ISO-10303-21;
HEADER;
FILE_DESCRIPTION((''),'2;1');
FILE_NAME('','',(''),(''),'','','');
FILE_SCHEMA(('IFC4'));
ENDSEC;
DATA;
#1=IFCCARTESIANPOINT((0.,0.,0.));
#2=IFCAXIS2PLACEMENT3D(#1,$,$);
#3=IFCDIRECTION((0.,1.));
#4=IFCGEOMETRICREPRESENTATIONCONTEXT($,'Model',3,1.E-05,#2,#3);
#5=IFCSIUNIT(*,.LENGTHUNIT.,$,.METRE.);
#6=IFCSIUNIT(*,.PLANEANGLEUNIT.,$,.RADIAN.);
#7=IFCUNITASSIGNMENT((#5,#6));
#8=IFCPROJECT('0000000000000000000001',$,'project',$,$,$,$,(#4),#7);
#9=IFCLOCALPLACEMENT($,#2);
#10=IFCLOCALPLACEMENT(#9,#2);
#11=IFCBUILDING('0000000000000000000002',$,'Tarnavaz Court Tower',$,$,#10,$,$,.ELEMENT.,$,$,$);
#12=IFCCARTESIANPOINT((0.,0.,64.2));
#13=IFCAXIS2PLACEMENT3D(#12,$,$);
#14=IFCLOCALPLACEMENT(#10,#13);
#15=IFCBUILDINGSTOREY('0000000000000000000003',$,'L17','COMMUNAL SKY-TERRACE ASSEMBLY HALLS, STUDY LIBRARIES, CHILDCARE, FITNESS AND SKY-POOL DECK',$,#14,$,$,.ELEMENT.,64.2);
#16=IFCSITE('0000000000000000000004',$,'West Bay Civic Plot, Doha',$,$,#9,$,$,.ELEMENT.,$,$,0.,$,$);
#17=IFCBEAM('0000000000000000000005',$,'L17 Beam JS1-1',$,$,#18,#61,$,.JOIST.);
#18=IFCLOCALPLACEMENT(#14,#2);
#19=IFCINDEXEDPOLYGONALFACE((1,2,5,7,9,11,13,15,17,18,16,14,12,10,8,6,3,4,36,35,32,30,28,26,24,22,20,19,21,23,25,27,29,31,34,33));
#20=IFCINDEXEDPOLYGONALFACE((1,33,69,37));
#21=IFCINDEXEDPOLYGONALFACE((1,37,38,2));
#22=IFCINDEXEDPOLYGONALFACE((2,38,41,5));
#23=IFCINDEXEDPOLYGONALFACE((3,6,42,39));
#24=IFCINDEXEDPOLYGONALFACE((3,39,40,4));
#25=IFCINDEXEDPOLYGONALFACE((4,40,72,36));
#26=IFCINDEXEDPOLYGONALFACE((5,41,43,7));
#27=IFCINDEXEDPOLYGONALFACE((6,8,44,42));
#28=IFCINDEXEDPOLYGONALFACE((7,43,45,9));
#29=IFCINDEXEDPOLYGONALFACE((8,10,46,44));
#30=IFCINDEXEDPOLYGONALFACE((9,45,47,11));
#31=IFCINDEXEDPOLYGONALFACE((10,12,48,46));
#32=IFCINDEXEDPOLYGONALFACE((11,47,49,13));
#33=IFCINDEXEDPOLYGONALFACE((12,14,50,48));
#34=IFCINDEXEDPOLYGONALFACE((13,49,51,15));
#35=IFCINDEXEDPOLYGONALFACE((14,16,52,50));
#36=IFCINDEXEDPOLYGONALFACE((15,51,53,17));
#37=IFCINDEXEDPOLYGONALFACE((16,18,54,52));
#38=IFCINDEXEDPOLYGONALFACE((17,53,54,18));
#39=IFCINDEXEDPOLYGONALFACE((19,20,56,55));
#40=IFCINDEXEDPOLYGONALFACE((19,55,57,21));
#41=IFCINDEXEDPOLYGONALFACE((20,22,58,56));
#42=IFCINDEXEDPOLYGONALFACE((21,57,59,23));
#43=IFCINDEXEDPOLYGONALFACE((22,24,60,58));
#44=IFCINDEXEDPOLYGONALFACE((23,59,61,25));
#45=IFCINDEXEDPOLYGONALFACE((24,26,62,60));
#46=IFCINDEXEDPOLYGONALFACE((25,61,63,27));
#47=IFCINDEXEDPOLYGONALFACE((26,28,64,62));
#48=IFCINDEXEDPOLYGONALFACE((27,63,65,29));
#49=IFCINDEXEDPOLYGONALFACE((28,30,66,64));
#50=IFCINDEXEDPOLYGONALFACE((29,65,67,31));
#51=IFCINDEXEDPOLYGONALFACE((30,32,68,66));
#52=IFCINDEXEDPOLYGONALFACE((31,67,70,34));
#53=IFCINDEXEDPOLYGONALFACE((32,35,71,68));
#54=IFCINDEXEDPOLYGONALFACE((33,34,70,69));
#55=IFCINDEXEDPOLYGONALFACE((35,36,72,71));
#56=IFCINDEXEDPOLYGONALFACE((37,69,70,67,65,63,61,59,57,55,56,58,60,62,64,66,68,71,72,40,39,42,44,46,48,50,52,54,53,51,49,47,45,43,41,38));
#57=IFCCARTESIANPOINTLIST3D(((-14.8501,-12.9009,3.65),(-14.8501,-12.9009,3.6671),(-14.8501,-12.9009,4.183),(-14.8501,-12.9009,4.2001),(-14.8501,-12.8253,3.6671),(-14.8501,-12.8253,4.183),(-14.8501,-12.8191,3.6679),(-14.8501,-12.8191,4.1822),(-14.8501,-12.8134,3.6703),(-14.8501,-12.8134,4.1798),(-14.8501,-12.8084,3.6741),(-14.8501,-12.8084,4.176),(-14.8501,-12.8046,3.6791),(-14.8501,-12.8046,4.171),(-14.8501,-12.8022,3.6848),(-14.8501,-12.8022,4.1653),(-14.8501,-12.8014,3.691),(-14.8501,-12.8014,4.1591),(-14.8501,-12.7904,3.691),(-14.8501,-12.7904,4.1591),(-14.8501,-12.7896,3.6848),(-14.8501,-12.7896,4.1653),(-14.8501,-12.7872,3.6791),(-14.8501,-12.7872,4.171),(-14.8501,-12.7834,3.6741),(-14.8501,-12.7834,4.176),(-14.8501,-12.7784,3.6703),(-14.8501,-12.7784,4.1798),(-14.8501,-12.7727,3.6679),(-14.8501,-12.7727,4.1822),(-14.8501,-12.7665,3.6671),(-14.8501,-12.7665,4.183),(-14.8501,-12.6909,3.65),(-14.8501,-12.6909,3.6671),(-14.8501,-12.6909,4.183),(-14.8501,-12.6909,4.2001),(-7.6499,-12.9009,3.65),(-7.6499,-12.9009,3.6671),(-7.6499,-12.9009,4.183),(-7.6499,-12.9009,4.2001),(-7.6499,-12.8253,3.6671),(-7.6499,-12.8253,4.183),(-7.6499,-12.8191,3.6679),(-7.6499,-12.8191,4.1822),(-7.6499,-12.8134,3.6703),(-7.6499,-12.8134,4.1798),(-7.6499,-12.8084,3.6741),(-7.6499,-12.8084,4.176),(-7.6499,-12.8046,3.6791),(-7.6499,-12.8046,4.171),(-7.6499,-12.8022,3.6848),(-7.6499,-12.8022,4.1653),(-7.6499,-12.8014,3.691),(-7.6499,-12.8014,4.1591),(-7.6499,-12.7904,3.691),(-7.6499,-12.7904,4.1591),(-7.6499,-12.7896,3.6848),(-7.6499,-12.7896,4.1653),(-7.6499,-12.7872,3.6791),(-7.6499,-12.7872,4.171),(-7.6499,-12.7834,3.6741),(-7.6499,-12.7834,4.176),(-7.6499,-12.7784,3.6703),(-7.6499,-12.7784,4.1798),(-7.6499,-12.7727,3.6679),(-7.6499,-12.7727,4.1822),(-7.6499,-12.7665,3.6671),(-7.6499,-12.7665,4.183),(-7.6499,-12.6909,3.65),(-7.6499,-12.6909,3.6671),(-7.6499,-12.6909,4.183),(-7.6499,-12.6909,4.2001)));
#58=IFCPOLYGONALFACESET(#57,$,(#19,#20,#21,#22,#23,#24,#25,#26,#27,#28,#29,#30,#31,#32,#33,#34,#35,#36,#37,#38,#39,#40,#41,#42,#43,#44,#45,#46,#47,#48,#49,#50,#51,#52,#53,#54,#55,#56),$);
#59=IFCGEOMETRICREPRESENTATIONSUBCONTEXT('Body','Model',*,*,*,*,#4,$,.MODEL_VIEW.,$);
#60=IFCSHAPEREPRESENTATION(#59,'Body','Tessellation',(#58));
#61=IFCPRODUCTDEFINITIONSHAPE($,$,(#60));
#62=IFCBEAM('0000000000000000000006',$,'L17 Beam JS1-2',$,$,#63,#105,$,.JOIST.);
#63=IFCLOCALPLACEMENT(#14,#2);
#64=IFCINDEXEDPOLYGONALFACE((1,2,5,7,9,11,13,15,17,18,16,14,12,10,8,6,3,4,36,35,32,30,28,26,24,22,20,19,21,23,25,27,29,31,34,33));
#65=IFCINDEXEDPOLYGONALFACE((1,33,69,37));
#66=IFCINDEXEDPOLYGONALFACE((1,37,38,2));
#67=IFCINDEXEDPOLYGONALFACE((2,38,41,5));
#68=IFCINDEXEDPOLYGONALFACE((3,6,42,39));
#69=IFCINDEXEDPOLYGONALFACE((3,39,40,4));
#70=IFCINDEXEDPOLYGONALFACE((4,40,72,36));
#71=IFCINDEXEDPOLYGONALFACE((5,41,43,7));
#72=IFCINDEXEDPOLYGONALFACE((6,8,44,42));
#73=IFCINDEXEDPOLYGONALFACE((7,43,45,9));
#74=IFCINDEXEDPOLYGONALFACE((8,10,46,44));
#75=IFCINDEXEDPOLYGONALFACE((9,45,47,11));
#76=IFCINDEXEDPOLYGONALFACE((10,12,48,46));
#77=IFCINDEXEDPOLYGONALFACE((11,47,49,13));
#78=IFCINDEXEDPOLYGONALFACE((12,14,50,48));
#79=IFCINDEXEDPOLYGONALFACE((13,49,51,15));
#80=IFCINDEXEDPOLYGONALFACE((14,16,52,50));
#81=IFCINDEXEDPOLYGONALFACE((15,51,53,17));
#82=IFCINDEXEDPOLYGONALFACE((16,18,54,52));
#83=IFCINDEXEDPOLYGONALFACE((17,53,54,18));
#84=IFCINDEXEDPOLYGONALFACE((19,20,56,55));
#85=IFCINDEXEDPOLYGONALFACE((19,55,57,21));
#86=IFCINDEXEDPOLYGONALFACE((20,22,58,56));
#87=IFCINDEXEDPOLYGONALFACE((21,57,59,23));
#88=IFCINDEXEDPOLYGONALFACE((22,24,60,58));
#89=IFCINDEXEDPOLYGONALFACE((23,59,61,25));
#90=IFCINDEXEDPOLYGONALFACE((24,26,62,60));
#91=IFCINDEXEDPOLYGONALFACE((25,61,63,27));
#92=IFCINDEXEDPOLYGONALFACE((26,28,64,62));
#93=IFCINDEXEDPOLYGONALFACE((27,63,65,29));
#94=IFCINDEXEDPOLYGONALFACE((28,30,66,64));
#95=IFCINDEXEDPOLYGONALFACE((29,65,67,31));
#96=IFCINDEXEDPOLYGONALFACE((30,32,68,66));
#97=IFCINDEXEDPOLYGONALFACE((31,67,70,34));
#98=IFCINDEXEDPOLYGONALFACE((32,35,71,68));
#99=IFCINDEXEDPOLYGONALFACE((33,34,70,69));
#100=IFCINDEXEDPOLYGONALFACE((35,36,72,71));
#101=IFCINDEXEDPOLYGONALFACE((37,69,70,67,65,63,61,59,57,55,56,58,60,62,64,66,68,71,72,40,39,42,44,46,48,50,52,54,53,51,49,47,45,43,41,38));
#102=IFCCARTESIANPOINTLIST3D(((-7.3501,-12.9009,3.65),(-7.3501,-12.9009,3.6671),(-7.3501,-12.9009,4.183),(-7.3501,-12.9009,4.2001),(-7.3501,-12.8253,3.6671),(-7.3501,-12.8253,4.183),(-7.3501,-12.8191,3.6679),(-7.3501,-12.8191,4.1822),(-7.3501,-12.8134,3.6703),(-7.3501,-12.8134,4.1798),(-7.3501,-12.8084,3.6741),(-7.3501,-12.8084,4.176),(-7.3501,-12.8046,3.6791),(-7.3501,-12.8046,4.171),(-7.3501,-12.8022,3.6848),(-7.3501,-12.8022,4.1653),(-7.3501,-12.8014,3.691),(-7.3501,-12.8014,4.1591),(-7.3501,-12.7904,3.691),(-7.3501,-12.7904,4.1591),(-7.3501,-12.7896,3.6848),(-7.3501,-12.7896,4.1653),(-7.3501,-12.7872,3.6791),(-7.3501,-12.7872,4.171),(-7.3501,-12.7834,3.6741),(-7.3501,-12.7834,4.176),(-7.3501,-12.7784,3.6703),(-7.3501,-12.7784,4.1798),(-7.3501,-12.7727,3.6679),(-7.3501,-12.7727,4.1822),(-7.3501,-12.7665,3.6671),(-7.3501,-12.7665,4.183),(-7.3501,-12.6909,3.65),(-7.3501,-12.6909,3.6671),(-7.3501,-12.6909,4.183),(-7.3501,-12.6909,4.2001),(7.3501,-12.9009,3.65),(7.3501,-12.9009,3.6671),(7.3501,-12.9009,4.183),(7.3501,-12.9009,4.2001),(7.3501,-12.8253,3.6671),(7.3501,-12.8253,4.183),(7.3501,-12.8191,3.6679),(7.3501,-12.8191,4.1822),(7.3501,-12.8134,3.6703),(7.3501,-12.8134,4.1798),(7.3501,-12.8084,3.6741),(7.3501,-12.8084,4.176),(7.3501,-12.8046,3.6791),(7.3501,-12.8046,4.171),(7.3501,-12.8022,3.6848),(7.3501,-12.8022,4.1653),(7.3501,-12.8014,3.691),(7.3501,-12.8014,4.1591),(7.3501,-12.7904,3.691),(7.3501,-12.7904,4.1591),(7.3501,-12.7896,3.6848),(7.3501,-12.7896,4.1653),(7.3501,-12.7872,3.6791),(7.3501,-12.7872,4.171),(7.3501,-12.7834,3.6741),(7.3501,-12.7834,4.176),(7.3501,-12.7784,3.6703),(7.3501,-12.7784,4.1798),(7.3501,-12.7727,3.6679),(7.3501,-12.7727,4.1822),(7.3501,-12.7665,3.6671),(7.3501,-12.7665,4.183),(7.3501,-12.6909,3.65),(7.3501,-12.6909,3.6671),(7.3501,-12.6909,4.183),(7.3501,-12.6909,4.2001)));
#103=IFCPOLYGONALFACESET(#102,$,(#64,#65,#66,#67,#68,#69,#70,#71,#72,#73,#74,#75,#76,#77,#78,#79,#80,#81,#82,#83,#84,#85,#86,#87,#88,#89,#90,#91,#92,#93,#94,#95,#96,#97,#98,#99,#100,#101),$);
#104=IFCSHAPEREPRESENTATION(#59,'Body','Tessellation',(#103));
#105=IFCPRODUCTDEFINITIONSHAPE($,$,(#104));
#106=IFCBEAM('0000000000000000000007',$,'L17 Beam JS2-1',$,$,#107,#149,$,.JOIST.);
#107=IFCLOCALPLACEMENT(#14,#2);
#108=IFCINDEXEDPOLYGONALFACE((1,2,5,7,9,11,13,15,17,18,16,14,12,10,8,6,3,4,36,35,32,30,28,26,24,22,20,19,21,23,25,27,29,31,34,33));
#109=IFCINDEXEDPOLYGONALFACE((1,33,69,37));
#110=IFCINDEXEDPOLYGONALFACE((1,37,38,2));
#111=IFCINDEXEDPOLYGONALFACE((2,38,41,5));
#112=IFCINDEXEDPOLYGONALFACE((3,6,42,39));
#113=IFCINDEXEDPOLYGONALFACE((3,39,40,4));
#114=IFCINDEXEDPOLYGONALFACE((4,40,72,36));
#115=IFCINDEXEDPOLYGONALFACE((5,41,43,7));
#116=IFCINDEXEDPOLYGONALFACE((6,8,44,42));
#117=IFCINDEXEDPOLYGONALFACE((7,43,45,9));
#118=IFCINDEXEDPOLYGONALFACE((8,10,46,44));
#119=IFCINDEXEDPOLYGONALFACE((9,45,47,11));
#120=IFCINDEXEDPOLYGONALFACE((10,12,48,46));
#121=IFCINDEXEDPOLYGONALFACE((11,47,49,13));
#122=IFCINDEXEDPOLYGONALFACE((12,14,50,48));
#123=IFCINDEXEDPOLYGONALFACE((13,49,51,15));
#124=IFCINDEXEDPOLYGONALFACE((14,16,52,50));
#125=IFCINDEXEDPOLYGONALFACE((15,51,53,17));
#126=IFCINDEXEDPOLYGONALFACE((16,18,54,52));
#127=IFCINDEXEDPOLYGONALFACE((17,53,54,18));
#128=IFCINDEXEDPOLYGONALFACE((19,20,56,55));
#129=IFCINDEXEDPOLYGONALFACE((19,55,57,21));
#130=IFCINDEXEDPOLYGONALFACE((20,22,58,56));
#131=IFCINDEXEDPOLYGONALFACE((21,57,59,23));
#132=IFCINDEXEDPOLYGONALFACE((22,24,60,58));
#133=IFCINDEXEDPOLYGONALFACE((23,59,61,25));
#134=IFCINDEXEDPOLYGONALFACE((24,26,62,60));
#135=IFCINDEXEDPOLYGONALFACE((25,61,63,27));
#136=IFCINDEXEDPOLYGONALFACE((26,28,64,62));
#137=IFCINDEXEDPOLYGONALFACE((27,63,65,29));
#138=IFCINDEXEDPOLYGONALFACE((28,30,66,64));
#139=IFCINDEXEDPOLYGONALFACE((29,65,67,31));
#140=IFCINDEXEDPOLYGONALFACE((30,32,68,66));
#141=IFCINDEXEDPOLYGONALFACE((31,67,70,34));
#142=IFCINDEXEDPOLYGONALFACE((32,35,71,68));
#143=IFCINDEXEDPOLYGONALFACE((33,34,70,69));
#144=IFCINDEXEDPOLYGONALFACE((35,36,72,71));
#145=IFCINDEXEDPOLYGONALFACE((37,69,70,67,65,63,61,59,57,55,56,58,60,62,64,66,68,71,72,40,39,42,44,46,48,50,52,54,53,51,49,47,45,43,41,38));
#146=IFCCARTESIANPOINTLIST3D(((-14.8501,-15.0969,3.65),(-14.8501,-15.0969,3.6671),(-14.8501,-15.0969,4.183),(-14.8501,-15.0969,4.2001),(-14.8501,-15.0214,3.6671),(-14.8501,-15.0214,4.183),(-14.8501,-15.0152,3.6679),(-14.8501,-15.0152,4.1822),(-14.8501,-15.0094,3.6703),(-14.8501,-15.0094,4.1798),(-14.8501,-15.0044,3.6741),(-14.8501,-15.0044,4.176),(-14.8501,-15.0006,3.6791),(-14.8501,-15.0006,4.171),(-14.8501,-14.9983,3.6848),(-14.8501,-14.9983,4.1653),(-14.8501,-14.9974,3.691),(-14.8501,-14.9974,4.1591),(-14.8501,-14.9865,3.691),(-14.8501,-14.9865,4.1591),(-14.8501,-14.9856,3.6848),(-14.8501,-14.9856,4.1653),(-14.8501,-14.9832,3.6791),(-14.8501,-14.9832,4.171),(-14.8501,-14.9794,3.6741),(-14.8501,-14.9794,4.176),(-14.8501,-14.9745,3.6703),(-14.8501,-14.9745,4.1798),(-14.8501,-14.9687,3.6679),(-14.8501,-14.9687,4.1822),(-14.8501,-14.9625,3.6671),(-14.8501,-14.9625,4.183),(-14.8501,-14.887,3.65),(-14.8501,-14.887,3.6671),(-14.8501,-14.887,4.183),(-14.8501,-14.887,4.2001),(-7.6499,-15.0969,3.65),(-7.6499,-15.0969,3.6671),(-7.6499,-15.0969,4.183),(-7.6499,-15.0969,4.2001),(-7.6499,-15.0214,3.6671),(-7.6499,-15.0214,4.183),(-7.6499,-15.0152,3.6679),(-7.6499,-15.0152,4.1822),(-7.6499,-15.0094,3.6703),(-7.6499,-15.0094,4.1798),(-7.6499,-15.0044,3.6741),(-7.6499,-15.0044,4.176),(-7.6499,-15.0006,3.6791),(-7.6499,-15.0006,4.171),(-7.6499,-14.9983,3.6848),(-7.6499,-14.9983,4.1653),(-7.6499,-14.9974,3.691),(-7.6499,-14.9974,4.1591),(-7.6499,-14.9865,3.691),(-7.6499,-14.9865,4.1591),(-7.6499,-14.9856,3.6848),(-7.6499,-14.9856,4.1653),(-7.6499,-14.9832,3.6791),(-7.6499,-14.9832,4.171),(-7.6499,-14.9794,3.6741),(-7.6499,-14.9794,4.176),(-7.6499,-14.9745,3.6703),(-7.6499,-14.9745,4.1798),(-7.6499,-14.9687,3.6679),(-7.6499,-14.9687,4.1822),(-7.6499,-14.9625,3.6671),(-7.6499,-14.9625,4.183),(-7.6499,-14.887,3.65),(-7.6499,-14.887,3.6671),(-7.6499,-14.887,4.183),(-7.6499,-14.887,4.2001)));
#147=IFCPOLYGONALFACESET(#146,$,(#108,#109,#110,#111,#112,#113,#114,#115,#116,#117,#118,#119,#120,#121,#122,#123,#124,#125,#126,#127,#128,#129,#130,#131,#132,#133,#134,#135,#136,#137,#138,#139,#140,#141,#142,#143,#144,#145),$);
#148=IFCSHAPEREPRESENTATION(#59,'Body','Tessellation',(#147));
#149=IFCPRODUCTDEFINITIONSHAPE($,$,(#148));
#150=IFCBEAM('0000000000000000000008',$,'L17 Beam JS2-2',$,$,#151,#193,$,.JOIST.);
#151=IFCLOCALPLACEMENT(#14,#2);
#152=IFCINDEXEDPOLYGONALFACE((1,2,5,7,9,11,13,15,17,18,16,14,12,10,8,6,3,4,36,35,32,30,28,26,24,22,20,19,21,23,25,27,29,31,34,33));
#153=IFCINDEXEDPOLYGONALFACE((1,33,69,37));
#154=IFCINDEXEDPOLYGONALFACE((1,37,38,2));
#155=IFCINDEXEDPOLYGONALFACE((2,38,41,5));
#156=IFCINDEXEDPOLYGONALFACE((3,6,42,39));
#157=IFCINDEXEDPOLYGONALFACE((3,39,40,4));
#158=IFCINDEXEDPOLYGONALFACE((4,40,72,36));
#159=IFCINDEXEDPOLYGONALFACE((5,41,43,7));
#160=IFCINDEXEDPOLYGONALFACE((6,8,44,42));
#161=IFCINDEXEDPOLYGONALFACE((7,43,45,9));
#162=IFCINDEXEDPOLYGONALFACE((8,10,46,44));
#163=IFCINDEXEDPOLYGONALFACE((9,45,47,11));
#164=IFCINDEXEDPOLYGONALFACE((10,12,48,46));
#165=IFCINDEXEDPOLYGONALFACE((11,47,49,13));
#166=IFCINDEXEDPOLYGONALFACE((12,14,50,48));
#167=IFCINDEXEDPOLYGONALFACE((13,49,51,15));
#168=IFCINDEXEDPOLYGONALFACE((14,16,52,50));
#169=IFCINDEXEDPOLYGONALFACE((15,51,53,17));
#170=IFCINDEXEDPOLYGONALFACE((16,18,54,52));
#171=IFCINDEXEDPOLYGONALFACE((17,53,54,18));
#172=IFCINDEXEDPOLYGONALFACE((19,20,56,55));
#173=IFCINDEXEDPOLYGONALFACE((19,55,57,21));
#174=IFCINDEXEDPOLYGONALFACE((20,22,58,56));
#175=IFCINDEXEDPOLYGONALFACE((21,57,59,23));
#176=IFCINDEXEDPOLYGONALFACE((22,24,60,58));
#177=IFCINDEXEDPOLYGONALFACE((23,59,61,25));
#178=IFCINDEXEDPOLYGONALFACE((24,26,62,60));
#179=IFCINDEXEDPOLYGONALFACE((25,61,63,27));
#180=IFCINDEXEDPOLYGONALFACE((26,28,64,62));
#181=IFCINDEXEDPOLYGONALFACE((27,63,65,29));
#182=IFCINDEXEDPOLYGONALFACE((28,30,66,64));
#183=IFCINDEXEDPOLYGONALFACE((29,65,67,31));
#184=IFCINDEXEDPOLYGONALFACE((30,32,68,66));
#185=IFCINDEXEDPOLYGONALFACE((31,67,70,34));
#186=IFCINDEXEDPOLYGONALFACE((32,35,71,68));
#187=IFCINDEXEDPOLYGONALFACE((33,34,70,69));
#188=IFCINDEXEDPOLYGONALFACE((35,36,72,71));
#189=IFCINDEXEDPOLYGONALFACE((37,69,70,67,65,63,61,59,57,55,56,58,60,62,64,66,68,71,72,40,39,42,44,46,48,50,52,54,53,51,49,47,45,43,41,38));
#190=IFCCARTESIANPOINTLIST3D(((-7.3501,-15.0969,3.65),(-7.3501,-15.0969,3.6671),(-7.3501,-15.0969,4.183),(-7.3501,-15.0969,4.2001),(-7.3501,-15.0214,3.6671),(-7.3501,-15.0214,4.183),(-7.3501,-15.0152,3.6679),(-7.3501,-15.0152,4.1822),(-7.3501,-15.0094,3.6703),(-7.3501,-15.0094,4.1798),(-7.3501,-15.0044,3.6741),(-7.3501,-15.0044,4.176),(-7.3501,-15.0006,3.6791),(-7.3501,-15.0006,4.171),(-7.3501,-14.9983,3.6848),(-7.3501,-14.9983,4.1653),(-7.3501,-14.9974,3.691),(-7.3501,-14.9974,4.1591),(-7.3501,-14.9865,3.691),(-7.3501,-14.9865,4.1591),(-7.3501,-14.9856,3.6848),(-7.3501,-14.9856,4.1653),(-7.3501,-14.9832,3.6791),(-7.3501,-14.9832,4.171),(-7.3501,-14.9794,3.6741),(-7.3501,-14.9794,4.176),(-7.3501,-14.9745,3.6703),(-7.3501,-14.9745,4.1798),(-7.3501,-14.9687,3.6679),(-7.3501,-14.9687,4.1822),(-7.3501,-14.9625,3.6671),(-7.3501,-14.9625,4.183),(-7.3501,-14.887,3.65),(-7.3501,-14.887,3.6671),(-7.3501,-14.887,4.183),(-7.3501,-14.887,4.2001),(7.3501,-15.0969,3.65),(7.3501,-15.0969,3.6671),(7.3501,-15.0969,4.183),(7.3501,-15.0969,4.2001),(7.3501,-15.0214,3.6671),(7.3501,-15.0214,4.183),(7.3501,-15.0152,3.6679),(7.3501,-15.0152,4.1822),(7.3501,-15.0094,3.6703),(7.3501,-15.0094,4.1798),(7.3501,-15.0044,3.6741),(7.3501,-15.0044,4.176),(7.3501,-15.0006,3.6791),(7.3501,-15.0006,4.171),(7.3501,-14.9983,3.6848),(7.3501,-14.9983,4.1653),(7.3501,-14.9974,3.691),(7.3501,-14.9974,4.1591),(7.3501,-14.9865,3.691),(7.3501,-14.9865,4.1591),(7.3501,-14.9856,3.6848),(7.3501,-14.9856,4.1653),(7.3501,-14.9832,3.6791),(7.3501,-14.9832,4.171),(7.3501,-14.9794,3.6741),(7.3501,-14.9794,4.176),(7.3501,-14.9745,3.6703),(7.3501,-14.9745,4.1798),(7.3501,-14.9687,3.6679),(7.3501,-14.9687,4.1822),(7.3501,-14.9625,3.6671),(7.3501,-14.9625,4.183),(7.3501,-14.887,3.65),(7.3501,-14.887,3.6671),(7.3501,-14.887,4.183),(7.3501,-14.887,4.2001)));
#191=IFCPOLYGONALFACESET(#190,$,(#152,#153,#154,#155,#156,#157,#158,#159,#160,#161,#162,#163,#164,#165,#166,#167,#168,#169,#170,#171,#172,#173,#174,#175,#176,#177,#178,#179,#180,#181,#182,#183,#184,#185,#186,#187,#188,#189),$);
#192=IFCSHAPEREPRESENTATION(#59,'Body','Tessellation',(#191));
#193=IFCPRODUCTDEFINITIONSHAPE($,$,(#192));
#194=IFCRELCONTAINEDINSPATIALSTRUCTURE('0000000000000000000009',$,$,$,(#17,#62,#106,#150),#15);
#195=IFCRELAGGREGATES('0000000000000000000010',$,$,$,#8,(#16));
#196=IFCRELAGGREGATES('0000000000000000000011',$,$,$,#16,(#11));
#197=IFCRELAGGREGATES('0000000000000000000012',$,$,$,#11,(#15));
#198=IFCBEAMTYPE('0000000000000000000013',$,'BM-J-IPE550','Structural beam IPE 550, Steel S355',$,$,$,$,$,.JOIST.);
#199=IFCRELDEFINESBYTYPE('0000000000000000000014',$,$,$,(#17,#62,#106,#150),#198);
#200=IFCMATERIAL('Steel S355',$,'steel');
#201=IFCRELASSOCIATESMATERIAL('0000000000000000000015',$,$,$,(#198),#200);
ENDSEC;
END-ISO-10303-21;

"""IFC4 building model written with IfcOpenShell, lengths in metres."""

from ifc_helpers import new_model, si_unit, direction, frame, origin, origin_2d, place, context, subcontext, project, spatial, i_section, extrude, material, material_profile, profile_set, type_object, element, save


model = new_model("IFC4")

# Units and contexts
model_context = context("Model", 3, precision=1e-05, world=origin(), true_north=direction((0.0, 1.0)))
body_context = subcontext(model_context, "Body", "Model", "MODEL_VIEW")
ifc_project = project(units=[si_unit("LENGTHUNIT", "METRE"), si_unit("PLANEANGLEUNIT", "RADIAN")], contexts=[model_context])

# Site, building, storey
site_placement = place(None, origin())
site = spatial("IfcSite", under=ifc_project, at=site_placement, Name="West Bay Civic Plot, Doha", CompositionType="ELEMENT", RefElevation=0.0)
building_placement = place(site_placement, origin())
building = spatial("IfcBuilding", under=site, at=building_placement, Name="Tarnavaz Court Tower", CompositionType="ELEMENT")
storey_placement = place(building_placement, frame((0.0, 0.0, 64.2)))
storey = spatial("IfcBuildingStorey", under=building, at=storey_placement, Name="L17", Description="COMMUNAL SKY-TERRACE ASSEMBLY HALLS, STUDY LIBRARIES, CHILDCARE, FITNESS AND SKY-POOL DECK", CompositionType="ELEMENT", Elevation=64.2)

# Beams
ifc_material_1 = material(Name="Steel S355", Category="steel")
ifc_material_profile_1 = material_profile(ifc_material_1, i_section(OverallWidth=0.21, OverallDepth=0.55, WebThickness=0.011, FlangeThickness=0.0171, FilletRadius=0.0239, at=origin_2d()), Name="IPE 550")
ifc_profile_set_1 = profile_set([ifc_material_profile_1], Name="Steel S355")
beam_type_1 = type_object("IfcBeamType", Name="BM-J-IPE550", Description="Structural beam IPE 550, Steel S355", PredefinedType="JOIST", material=ifc_profile_set_1)
beam_1_placement = place(storey_placement, frame((-14.8501, -12.7959, 3.925), z_axis=(1.0, 0.0, 0.0), x_axis=(0.0, 1.0, 0.0)))
element("IfcBeam", 1, at=beam_1_placement, inside=storey, type_object=beam_type_1, Name="L17 Beam JS1-1", PredefinedType="JOIST", context=body_context, shape_type="SweptSolid", body=[
    extrude(i_section(OverallWidth=0.21, OverallDepth=0.55, WebThickness=0.011, FlangeThickness=0.0171, FilletRadius=0.0239, at=origin_2d()), origin(), (0.0, 0.0, 1.0), 7.2002),
])
beam_2_placement = place(storey_placement, frame((-7.3501, -12.7959, 3.925), z_axis=(1.0, 0.0, 0.0), x_axis=(0.0, 1.0, 0.0)))
element("IfcBeam", 2, at=beam_2_placement, inside=storey, type_object=beam_type_1, Name="L17 Beam JS1-2", PredefinedType="JOIST", context=body_context, shape_type="SweptSolid", body=[
    extrude(i_section(OverallWidth=0.21, OverallDepth=0.55, WebThickness=0.011, FlangeThickness=0.0171, FilletRadius=0.0239, at=origin_2d()), origin(), (0.0, 0.0, 1.0), 14.7002),
])
beam_3_placement = place(storey_placement, frame((-14.8501, -14.9919, 3.925), z_axis=(1.0, 0.0, 0.0), x_axis=(0.0, 1.0, 0.0)))
element("IfcBeam", 3, at=beam_3_placement, inside=storey, type_object=beam_type_1, Name="L17 Beam JS2-1", PredefinedType="JOIST", context=body_context, shape_type="SweptSolid", body=[
    extrude(i_section(OverallWidth=0.21, OverallDepth=0.55, WebThickness=0.011, FlangeThickness=0.0171, FilletRadius=0.0239, at=origin_2d()), origin(), (0.0, 0.0, 1.0), 7.2002),
])
beam_4_placement = place(storey_placement, frame((-7.3501, -14.9919, 3.925), z_axis=(1.0, 0.0, 0.0), x_axis=(0.0, 1.0, 0.0)))
element("IfcBeam", 4, at=beam_4_placement, inside=storey, type_object=beam_type_1, Name="L17 Beam JS2-2", PredefinedType="JOIST", context=body_context, shape_type="SweptSolid", body=[
    extrude(i_section(OverallWidth=0.21, OverallDepth=0.55, WebThickness=0.011, FlangeThickness=0.0171, FilletRadius=0.0239, at=origin_2d()), origin(), (0.0, 0.0, 1.0), 14.7002),
])

save(model, "model.ifc")
